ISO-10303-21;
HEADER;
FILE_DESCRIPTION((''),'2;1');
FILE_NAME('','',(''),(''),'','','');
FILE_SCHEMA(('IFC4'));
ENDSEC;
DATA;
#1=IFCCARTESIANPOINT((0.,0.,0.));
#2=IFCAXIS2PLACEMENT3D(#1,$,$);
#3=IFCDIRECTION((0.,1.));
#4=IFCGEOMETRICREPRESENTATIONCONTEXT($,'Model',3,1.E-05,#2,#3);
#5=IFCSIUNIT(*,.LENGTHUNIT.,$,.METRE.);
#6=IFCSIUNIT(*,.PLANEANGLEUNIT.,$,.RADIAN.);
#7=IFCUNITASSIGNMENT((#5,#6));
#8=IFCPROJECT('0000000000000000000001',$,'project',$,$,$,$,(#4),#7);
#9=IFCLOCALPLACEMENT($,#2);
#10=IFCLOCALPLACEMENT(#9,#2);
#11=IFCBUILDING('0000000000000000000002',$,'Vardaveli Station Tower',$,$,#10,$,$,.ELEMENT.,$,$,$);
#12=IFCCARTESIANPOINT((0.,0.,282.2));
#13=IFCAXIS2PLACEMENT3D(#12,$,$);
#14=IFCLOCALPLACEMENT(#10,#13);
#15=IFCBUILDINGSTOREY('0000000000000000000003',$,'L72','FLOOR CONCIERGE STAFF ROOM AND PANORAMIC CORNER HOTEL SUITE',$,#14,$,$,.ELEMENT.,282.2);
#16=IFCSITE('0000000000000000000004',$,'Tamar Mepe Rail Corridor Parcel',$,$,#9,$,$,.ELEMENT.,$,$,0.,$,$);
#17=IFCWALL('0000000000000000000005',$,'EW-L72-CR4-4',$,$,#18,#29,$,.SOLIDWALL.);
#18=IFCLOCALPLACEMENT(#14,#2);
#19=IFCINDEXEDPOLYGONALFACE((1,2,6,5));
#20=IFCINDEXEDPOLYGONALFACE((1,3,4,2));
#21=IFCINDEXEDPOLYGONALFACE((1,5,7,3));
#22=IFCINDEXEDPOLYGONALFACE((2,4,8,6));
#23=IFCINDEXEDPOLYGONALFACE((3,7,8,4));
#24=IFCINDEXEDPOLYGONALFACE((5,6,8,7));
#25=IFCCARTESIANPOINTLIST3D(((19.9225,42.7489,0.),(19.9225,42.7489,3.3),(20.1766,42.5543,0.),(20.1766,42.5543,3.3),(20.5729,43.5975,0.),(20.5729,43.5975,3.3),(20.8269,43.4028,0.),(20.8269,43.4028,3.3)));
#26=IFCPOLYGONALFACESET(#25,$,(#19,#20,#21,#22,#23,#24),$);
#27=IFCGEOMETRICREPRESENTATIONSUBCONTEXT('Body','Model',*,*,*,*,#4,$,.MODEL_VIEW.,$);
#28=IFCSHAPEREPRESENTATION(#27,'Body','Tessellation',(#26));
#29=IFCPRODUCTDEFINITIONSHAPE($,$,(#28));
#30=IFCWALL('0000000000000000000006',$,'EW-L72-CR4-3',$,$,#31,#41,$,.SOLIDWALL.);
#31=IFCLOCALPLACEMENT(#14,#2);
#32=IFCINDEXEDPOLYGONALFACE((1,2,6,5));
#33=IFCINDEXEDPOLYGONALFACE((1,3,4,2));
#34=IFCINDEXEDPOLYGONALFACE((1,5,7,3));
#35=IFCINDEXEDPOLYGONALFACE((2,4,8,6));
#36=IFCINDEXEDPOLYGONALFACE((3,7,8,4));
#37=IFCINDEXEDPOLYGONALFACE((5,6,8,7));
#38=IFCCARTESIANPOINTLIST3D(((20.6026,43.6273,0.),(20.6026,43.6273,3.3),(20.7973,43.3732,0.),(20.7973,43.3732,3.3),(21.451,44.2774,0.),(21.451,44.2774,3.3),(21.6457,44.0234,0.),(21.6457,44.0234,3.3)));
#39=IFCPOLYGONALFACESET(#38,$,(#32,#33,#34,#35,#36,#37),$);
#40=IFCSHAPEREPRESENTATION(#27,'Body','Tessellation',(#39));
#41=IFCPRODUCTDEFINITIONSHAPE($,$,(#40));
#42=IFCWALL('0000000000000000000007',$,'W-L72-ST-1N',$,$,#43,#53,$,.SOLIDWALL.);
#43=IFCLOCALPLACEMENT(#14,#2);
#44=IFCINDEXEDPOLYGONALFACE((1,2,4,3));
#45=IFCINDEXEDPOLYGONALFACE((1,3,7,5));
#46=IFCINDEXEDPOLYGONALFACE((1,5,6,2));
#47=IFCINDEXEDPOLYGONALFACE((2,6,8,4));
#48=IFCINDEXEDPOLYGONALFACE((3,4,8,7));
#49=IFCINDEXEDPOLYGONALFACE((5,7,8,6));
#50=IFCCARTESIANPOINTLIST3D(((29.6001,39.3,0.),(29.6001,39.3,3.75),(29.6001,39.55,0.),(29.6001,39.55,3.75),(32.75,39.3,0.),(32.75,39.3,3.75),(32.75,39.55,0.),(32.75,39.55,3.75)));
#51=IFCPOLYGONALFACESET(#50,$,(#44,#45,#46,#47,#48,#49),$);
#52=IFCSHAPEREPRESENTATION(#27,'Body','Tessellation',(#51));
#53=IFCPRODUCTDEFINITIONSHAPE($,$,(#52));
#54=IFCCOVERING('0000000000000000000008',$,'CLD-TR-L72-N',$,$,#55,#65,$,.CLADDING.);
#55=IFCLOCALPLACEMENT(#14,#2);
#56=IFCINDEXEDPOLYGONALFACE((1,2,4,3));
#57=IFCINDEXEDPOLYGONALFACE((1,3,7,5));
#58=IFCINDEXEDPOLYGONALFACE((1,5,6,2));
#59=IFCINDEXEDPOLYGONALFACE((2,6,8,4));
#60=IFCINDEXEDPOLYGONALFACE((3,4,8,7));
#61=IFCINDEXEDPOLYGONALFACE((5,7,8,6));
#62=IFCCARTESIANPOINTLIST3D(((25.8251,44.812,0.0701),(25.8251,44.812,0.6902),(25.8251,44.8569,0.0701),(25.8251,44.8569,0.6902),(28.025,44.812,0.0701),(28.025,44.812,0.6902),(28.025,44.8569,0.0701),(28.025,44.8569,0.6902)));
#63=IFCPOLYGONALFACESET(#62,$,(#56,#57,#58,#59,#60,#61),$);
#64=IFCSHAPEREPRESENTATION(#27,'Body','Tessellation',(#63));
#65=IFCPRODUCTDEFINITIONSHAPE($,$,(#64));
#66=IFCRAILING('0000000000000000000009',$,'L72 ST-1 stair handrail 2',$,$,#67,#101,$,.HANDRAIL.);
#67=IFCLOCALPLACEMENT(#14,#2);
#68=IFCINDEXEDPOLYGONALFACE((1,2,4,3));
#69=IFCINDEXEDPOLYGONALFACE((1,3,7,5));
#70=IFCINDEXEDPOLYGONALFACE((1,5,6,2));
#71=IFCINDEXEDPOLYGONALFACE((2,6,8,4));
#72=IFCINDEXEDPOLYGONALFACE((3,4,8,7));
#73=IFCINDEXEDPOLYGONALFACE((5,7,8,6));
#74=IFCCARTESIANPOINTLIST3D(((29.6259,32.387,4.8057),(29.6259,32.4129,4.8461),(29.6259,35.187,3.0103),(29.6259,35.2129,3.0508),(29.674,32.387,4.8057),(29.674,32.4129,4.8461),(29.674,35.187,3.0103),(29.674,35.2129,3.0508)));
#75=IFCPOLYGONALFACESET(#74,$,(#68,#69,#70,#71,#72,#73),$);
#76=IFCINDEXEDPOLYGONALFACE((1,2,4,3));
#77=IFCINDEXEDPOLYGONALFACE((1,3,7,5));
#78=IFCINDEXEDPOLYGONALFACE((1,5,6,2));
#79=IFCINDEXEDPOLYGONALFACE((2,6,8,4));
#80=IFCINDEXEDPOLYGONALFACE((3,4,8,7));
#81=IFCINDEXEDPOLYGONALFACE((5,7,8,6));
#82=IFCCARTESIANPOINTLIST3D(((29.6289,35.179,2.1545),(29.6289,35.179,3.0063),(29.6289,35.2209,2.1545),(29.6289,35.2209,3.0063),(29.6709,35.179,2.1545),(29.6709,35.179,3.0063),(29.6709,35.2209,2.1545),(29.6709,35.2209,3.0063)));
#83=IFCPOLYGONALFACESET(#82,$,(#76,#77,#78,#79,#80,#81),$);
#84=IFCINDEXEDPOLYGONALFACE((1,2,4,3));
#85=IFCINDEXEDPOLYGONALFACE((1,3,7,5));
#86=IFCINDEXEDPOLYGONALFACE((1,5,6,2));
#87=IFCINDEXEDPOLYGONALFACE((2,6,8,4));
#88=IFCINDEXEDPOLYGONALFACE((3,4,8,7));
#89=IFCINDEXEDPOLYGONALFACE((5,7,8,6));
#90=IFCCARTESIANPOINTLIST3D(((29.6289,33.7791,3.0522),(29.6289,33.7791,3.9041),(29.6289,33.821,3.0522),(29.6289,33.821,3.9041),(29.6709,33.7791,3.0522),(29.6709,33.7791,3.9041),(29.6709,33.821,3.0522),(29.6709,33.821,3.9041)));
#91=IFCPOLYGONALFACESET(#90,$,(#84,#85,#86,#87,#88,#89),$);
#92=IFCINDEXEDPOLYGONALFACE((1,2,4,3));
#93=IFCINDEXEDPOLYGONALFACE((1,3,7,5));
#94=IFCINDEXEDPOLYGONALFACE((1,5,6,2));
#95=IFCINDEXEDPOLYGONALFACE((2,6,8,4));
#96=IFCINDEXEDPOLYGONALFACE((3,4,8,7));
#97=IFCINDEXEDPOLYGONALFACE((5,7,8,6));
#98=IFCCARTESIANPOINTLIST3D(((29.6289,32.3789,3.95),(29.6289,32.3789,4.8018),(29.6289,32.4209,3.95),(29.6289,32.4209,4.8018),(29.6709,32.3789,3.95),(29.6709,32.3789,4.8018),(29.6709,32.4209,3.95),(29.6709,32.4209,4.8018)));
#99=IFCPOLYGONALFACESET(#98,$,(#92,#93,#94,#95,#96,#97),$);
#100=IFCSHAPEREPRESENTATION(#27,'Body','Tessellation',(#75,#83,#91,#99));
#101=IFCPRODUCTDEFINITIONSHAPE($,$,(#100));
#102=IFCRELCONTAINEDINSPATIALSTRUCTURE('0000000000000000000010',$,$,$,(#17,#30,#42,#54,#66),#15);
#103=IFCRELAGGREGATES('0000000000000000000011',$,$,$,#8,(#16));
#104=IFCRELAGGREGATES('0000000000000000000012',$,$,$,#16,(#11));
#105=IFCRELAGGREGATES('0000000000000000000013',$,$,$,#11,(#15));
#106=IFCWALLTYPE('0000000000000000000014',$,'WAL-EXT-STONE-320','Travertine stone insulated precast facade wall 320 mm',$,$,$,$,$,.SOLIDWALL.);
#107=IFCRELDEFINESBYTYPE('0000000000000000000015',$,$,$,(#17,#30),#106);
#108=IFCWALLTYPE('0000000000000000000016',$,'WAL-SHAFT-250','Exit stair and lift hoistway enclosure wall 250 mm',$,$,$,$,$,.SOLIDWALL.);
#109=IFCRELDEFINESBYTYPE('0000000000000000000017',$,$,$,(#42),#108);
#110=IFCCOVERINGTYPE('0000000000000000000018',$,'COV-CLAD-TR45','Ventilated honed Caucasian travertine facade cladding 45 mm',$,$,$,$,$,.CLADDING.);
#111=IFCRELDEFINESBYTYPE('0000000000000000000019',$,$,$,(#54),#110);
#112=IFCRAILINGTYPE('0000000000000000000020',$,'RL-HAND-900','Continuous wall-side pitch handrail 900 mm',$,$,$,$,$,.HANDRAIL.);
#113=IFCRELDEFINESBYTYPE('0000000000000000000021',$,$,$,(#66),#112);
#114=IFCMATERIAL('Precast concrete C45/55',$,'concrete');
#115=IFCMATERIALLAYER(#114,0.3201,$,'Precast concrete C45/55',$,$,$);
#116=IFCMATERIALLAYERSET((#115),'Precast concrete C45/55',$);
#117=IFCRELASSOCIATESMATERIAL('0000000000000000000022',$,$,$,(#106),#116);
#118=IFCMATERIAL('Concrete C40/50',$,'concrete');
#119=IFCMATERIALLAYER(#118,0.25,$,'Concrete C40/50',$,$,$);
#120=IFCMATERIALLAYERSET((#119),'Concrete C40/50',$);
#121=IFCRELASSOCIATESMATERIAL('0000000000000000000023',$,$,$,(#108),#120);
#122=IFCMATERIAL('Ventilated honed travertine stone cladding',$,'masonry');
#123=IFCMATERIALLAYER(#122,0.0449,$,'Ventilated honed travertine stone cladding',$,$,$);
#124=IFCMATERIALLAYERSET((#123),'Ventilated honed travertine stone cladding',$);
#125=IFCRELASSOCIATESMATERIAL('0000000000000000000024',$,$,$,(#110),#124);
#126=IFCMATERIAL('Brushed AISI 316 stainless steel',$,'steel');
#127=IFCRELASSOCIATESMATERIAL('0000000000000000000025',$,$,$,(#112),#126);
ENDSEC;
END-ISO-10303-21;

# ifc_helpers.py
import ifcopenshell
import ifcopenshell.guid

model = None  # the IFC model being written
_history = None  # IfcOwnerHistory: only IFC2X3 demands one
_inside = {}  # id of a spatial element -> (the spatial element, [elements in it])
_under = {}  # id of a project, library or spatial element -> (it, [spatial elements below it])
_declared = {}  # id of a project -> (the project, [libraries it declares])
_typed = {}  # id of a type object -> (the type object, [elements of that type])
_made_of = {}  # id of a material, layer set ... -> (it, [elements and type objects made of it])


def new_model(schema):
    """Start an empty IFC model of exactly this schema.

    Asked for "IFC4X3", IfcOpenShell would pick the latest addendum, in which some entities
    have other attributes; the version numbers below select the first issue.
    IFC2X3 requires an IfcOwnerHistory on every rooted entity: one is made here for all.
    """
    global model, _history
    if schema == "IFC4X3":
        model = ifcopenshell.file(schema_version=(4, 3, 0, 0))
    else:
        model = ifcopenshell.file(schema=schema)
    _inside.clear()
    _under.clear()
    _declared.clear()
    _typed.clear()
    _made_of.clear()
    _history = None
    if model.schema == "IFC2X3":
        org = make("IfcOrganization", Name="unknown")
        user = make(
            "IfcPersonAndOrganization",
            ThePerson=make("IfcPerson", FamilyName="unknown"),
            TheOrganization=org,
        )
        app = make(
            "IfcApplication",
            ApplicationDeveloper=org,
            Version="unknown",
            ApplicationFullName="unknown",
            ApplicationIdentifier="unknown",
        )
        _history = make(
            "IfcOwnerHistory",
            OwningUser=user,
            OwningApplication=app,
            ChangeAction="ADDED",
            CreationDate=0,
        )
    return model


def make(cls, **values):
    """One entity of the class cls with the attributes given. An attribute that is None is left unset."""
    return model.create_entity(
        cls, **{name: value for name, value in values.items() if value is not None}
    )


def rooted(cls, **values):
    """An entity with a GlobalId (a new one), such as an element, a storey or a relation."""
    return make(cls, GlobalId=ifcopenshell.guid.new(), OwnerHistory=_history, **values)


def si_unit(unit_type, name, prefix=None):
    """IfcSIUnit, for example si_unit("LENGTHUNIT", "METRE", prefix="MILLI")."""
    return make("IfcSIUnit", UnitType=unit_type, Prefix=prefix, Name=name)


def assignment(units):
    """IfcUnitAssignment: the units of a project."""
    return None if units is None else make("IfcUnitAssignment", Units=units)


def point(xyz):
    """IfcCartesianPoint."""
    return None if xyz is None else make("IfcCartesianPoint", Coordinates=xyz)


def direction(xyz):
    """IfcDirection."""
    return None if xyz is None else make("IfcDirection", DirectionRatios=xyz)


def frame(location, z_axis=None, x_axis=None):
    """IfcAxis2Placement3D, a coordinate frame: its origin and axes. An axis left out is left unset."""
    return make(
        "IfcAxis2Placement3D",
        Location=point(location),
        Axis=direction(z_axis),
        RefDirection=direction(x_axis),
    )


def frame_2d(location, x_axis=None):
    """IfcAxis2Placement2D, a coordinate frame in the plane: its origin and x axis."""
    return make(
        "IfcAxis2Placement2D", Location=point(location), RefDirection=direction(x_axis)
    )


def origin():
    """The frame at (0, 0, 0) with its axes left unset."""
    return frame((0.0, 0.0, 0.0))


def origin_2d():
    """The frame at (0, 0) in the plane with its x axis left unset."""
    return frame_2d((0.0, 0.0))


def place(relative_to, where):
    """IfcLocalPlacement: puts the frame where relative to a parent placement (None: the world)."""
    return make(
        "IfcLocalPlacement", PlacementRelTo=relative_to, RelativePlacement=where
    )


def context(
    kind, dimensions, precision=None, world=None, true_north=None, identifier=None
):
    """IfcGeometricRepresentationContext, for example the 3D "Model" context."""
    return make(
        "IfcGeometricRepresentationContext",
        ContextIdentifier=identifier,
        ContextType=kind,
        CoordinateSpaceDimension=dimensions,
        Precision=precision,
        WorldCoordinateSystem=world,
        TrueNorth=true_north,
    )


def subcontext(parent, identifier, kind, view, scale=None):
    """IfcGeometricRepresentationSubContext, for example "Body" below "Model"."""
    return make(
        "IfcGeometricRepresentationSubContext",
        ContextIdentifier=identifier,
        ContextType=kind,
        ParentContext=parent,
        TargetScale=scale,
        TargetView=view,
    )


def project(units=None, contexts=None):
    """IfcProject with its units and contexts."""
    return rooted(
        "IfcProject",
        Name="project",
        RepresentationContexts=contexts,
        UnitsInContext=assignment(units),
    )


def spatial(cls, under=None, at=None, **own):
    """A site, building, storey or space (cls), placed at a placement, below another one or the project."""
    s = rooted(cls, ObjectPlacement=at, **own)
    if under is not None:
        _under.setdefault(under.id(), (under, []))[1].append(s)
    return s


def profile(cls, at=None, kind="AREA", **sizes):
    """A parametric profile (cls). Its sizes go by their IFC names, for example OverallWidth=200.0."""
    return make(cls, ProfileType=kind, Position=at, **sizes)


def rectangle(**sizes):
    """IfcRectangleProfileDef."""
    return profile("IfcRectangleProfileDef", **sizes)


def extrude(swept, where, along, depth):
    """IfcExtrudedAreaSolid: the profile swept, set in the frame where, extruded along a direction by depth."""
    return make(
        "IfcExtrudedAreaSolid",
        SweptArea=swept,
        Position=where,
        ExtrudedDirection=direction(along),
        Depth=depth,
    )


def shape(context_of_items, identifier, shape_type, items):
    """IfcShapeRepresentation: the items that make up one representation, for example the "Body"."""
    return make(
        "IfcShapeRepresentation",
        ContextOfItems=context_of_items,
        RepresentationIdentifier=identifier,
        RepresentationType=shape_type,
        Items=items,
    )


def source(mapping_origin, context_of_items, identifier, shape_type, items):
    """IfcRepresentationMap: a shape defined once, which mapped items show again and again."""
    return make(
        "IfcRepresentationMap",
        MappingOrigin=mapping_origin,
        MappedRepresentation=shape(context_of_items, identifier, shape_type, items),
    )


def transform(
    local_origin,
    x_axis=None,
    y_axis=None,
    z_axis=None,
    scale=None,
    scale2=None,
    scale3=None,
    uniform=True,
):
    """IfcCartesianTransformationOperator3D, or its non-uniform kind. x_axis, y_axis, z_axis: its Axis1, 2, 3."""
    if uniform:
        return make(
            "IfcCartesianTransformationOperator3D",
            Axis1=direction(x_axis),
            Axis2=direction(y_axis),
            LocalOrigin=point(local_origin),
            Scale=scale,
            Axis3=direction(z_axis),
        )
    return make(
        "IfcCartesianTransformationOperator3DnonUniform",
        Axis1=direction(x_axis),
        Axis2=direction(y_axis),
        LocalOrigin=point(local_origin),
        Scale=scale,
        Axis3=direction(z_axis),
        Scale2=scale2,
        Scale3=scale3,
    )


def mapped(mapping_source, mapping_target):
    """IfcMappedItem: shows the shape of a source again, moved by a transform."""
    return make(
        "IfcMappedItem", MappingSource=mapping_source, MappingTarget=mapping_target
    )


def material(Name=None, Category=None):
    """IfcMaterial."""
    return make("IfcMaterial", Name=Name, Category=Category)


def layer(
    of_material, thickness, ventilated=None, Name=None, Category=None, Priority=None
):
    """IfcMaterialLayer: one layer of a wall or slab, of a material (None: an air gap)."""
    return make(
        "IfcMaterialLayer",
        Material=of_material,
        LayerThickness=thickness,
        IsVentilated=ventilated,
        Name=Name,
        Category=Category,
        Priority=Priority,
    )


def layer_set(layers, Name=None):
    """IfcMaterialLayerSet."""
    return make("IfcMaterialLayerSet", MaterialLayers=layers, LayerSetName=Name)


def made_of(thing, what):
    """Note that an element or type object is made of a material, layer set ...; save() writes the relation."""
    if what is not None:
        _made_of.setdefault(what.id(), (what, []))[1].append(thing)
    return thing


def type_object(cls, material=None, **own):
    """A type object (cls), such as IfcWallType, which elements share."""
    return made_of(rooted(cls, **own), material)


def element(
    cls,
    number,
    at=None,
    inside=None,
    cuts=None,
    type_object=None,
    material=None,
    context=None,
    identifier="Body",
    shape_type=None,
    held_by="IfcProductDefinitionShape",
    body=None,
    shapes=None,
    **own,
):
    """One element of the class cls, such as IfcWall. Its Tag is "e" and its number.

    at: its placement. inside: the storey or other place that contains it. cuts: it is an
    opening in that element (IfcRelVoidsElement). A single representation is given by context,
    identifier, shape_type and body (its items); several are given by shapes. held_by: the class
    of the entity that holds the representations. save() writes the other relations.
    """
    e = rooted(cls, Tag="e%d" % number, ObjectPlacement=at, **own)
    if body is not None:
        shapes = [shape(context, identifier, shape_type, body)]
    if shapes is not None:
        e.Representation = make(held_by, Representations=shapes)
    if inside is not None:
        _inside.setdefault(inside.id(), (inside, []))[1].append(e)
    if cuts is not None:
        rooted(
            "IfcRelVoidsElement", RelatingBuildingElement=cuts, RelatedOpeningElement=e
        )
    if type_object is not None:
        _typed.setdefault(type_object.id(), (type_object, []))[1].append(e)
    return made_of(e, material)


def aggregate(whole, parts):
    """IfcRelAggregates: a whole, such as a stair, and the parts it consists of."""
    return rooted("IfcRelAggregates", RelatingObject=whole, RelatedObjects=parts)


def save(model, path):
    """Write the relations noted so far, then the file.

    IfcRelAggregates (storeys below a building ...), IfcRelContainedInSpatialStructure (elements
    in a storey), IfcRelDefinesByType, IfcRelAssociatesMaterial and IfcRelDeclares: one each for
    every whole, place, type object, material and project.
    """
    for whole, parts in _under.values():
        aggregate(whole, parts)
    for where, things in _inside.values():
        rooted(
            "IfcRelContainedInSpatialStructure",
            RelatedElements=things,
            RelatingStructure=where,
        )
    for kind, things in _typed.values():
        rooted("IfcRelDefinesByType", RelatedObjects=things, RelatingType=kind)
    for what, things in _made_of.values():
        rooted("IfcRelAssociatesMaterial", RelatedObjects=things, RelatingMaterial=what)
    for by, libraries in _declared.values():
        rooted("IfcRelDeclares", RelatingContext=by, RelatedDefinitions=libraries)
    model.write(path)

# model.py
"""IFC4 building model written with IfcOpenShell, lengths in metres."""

from ifc_helpers import new_model, si_unit, direction, frame, frame_2d, origin, origin_2d, place, context, subcontext, project, spatial, rectangle, extrude, source, transform, mapped, material, layer, layer_set, type_object, element, save


model = new_model("IFC4")

# Units and contexts
model_context = context("Model", 3, precision=1e-05, world=origin(), true_north=direction((0.0, 1.0)))
body_context = subcontext(model_context, "Body", "Model", "MODEL_VIEW")
ifc_project = project(units=[si_unit("LENGTHUNIT", "METRE"), si_unit("PLANEANGLEUNIT", "RADIAN")], contexts=[model_context])

# Site, building, storey
site_placement = place(None, origin())
site = spatial("IfcSite", under=ifc_project, at=site_placement, Name="Tamar Mepe Rail Corridor Parcel", CompositionType="ELEMENT", RefElevation=0.0)
building_placement = place(site_placement, origin())
building = spatial("IfcBuilding", under=site, at=building_placement, Name="Vardaveli Station Tower", CompositionType="ELEMENT")
storey_placement = place(building_placement, frame((0.0, 0.0, 282.2)))
storey = spatial("IfcBuildingStorey", under=building, at=storey_placement, Name="L72", Description="FLOOR CONCIERGE STAFF ROOM AND PANORAMIC CORNER HOTEL SUITE", CompositionType="ELEMENT", Elevation=282.2)

# Shared definitions
ifc_material_1 = material(Name="Precast concrete C45/55", Category="concrete")
ifc_layer_1 = layer(ifc_material_1, 0.3201, Name="Precast concrete C45/55")
ifc_layer_set_1 = layer_set([ifc_layer_1], Name="Precast concrete C45/55")
wall_type_1 = type_object("IfcWallType", Name="WAL-EXT-STONE-320", Description="Travertine stone insulated precast facade wall 320 mm", PredefinedType="SOLIDWALL", material=ifc_layer_set_1)

# Walls
shared_shape_1 = source(origin(), body_context, "Body", "SweptSolid", [
    extrude(rectangle(XDim=1.0691, YDim=0.3201, at=frame_2d((0.5347, 0.0))), origin(), (0.0, 0.0, 1.0), 3.3),
])
wall_1_placement = place(storey_placement, frame((20.7, 43.5002, 0.0), z_axis=(0.0, 0.0, 1.0), x_axis=(-0.608297, -0.793709, 0.0)))
element("IfcWall", 1, at=wall_1_placement, inside=storey, type_object=wall_type_1, Name="EW-L72-CR4-4", PredefinedType="SOLIDWALL", context=body_context, shape_type="MappedRepresentation", body=[
    mapped(shared_shape_1, transform((0.0, 0.0, 0.0), scale=1.0)),
])
shared_shape_2 = source(origin(), body_context, "Body", "SweptSolid", [
    extrude(rectangle(XDim=1.0688, YDim=0.3201, at=frame_2d((0.5344, 0.0))), origin(), (0.0, 0.0, 1.0), 3.3),
])
wall_2_placement = place(storey_placement, frame((21.5483, 44.1504, 0.0), z_axis=(0.0, 0.0, 1.0), x_axis=(-0.793735, -0.608264, 0.0)))
element("IfcWall", 2, at=wall_2_placement, inside=storey, type_object=wall_type_1, Name="EW-L72-CR4-3", PredefinedType="SOLIDWALL", context=body_context, shape_type="MappedRepresentation", body=[
    mapped(shared_shape_2, transform((0.0, 0.0, 0.0), scale=1.0)),
])
ifc_material_2 = material(Name="Concrete C40/50", Category="concrete")
ifc_layer_2 = layer(ifc_material_2, 0.25, Name="Concrete C40/50")
ifc_layer_set_2 = layer_set([ifc_layer_2], Name="Concrete C40/50")
wall_type_2 = type_object("IfcWallType", Name="WAL-SHAFT-250", Description="Exit stair and lift hoistway enclosure wall 250 mm", PredefinedType="SOLIDWALL", material=ifc_layer_set_2)
shared_shape_3 = source(origin(), body_context, "Body", "SweptSolid", [
    extrude(rectangle(XDim=3.1499, YDim=0.25, at=frame_2d((1.575, 0.0))), origin(), (0.0, 0.0, 1.0), 3.75),
])
wall_3_placement = place(storey_placement, frame((29.6001, 39.425, 0.0), z_axis=(0.0, 0.0, 1.0), x_axis=(1.0, 0.0, 0.0)))
element("IfcWall", 3, at=wall_3_placement, inside=storey, type_object=wall_type_2, Name="W-L72-ST-1N", PredefinedType="SOLIDWALL", context=body_context, shape_type="MappedRepresentation", body=[
    mapped(shared_shape_3, transform((0.0, 0.0, 0.0), scale=1.0)),
])

# Covering
ifc_material_3 = material(Name="Ventilated honed travertine stone cladding", Category="masonry")
ifc_layer_3 = layer(ifc_material_3, 0.0449, Name="Ventilated honed travertine stone cladding")
ifc_layer_set_3 = layer_set([ifc_layer_3], Name="Ventilated honed travertine stone cladding")
covering_type = type_object("IfcCoveringType", Name="COV-CLAD-TR45", Description="Ventilated honed Caucasian travertine facade cladding 45 mm", PredefinedType="CLADDING", material=ifc_layer_set_3)
shared_shape_4 = source(origin(), body_context, "Body", "SweptSolid", [
    extrude(rectangle(XDim=2.2, YDim=0.0449, at=origin_2d()), origin(), (0.0, 0.0, 1.0), 0.6201),
])
covering_placement = place(storey_placement, frame((26.925, 44.8345, 0.0701), z_axis=(0.0, 0.0, 1.0), x_axis=(1.0, 0.0, 0.0)))
element("IfcCovering", 4, at=covering_placement, inside=storey, type_object=covering_type, Name="CLD-TR-L72-N", PredefinedType="CLADDING", context=body_context, shape_type="MappedRepresentation", body=[
    mapped(shared_shape_4, transform((0.0, 0.0, 0.0), scale=1.0)),
])

# Railing
ifc_material_4 = material(Name="Brushed AISI 316 stainless steel", Category="steel")
railing_type = type_object("IfcRailingType", Name="RL-HAND-900", Description="Continuous wall-side pitch handrail 900 mm", PredefinedType="HANDRAIL", material=ifc_material_4)
shared_shape_5 = source(origin(), body_context, "Body", "SweptSolid", [
    extrude(rectangle(XDim=0.0481, YDim=0.0481, at=origin_2d()), frame((0.0, 0.0, 0.876), z_axis=(0.0, -0.84181, 0.539774), x_axis=(1.0, 0.0, 0.0)), (0.0, 0.0, 1.0), 3.3262),
    extrude(rectangle(XDim=0.042, YDim=0.042, at=origin_2d()), origin(), (0.0, 0.0, 1.0), 0.8518),
    extrude(rectangle(XDim=0.042, YDim=0.042, at=origin_2d()), frame((0.0, -1.3999, 0.8977)), (0.0, 0.0, 1.0), 0.8518),
    extrude(rectangle(XDim=0.042, YDim=0.042, at=origin_2d()), frame((0.0, -2.8, 1.7954)), (0.0, 0.0, 1.0), 0.8518),
])
railing_placement = place(storey_placement, frame((29.6499, 35.2, 2.1545)))
element("IfcRailing", 5, at=railing_placement, inside=storey, type_object=railing_type, Name="L72 ST-1 stair handrail 2", PredefinedType="HANDRAIL", context=body_context, shape_type="MappedRepresentation", body=[
    mapped(shared_shape_5, transform((0.0, 0.0, 0.0), scale=1.0)),
])

save(model, "model.ifc")
